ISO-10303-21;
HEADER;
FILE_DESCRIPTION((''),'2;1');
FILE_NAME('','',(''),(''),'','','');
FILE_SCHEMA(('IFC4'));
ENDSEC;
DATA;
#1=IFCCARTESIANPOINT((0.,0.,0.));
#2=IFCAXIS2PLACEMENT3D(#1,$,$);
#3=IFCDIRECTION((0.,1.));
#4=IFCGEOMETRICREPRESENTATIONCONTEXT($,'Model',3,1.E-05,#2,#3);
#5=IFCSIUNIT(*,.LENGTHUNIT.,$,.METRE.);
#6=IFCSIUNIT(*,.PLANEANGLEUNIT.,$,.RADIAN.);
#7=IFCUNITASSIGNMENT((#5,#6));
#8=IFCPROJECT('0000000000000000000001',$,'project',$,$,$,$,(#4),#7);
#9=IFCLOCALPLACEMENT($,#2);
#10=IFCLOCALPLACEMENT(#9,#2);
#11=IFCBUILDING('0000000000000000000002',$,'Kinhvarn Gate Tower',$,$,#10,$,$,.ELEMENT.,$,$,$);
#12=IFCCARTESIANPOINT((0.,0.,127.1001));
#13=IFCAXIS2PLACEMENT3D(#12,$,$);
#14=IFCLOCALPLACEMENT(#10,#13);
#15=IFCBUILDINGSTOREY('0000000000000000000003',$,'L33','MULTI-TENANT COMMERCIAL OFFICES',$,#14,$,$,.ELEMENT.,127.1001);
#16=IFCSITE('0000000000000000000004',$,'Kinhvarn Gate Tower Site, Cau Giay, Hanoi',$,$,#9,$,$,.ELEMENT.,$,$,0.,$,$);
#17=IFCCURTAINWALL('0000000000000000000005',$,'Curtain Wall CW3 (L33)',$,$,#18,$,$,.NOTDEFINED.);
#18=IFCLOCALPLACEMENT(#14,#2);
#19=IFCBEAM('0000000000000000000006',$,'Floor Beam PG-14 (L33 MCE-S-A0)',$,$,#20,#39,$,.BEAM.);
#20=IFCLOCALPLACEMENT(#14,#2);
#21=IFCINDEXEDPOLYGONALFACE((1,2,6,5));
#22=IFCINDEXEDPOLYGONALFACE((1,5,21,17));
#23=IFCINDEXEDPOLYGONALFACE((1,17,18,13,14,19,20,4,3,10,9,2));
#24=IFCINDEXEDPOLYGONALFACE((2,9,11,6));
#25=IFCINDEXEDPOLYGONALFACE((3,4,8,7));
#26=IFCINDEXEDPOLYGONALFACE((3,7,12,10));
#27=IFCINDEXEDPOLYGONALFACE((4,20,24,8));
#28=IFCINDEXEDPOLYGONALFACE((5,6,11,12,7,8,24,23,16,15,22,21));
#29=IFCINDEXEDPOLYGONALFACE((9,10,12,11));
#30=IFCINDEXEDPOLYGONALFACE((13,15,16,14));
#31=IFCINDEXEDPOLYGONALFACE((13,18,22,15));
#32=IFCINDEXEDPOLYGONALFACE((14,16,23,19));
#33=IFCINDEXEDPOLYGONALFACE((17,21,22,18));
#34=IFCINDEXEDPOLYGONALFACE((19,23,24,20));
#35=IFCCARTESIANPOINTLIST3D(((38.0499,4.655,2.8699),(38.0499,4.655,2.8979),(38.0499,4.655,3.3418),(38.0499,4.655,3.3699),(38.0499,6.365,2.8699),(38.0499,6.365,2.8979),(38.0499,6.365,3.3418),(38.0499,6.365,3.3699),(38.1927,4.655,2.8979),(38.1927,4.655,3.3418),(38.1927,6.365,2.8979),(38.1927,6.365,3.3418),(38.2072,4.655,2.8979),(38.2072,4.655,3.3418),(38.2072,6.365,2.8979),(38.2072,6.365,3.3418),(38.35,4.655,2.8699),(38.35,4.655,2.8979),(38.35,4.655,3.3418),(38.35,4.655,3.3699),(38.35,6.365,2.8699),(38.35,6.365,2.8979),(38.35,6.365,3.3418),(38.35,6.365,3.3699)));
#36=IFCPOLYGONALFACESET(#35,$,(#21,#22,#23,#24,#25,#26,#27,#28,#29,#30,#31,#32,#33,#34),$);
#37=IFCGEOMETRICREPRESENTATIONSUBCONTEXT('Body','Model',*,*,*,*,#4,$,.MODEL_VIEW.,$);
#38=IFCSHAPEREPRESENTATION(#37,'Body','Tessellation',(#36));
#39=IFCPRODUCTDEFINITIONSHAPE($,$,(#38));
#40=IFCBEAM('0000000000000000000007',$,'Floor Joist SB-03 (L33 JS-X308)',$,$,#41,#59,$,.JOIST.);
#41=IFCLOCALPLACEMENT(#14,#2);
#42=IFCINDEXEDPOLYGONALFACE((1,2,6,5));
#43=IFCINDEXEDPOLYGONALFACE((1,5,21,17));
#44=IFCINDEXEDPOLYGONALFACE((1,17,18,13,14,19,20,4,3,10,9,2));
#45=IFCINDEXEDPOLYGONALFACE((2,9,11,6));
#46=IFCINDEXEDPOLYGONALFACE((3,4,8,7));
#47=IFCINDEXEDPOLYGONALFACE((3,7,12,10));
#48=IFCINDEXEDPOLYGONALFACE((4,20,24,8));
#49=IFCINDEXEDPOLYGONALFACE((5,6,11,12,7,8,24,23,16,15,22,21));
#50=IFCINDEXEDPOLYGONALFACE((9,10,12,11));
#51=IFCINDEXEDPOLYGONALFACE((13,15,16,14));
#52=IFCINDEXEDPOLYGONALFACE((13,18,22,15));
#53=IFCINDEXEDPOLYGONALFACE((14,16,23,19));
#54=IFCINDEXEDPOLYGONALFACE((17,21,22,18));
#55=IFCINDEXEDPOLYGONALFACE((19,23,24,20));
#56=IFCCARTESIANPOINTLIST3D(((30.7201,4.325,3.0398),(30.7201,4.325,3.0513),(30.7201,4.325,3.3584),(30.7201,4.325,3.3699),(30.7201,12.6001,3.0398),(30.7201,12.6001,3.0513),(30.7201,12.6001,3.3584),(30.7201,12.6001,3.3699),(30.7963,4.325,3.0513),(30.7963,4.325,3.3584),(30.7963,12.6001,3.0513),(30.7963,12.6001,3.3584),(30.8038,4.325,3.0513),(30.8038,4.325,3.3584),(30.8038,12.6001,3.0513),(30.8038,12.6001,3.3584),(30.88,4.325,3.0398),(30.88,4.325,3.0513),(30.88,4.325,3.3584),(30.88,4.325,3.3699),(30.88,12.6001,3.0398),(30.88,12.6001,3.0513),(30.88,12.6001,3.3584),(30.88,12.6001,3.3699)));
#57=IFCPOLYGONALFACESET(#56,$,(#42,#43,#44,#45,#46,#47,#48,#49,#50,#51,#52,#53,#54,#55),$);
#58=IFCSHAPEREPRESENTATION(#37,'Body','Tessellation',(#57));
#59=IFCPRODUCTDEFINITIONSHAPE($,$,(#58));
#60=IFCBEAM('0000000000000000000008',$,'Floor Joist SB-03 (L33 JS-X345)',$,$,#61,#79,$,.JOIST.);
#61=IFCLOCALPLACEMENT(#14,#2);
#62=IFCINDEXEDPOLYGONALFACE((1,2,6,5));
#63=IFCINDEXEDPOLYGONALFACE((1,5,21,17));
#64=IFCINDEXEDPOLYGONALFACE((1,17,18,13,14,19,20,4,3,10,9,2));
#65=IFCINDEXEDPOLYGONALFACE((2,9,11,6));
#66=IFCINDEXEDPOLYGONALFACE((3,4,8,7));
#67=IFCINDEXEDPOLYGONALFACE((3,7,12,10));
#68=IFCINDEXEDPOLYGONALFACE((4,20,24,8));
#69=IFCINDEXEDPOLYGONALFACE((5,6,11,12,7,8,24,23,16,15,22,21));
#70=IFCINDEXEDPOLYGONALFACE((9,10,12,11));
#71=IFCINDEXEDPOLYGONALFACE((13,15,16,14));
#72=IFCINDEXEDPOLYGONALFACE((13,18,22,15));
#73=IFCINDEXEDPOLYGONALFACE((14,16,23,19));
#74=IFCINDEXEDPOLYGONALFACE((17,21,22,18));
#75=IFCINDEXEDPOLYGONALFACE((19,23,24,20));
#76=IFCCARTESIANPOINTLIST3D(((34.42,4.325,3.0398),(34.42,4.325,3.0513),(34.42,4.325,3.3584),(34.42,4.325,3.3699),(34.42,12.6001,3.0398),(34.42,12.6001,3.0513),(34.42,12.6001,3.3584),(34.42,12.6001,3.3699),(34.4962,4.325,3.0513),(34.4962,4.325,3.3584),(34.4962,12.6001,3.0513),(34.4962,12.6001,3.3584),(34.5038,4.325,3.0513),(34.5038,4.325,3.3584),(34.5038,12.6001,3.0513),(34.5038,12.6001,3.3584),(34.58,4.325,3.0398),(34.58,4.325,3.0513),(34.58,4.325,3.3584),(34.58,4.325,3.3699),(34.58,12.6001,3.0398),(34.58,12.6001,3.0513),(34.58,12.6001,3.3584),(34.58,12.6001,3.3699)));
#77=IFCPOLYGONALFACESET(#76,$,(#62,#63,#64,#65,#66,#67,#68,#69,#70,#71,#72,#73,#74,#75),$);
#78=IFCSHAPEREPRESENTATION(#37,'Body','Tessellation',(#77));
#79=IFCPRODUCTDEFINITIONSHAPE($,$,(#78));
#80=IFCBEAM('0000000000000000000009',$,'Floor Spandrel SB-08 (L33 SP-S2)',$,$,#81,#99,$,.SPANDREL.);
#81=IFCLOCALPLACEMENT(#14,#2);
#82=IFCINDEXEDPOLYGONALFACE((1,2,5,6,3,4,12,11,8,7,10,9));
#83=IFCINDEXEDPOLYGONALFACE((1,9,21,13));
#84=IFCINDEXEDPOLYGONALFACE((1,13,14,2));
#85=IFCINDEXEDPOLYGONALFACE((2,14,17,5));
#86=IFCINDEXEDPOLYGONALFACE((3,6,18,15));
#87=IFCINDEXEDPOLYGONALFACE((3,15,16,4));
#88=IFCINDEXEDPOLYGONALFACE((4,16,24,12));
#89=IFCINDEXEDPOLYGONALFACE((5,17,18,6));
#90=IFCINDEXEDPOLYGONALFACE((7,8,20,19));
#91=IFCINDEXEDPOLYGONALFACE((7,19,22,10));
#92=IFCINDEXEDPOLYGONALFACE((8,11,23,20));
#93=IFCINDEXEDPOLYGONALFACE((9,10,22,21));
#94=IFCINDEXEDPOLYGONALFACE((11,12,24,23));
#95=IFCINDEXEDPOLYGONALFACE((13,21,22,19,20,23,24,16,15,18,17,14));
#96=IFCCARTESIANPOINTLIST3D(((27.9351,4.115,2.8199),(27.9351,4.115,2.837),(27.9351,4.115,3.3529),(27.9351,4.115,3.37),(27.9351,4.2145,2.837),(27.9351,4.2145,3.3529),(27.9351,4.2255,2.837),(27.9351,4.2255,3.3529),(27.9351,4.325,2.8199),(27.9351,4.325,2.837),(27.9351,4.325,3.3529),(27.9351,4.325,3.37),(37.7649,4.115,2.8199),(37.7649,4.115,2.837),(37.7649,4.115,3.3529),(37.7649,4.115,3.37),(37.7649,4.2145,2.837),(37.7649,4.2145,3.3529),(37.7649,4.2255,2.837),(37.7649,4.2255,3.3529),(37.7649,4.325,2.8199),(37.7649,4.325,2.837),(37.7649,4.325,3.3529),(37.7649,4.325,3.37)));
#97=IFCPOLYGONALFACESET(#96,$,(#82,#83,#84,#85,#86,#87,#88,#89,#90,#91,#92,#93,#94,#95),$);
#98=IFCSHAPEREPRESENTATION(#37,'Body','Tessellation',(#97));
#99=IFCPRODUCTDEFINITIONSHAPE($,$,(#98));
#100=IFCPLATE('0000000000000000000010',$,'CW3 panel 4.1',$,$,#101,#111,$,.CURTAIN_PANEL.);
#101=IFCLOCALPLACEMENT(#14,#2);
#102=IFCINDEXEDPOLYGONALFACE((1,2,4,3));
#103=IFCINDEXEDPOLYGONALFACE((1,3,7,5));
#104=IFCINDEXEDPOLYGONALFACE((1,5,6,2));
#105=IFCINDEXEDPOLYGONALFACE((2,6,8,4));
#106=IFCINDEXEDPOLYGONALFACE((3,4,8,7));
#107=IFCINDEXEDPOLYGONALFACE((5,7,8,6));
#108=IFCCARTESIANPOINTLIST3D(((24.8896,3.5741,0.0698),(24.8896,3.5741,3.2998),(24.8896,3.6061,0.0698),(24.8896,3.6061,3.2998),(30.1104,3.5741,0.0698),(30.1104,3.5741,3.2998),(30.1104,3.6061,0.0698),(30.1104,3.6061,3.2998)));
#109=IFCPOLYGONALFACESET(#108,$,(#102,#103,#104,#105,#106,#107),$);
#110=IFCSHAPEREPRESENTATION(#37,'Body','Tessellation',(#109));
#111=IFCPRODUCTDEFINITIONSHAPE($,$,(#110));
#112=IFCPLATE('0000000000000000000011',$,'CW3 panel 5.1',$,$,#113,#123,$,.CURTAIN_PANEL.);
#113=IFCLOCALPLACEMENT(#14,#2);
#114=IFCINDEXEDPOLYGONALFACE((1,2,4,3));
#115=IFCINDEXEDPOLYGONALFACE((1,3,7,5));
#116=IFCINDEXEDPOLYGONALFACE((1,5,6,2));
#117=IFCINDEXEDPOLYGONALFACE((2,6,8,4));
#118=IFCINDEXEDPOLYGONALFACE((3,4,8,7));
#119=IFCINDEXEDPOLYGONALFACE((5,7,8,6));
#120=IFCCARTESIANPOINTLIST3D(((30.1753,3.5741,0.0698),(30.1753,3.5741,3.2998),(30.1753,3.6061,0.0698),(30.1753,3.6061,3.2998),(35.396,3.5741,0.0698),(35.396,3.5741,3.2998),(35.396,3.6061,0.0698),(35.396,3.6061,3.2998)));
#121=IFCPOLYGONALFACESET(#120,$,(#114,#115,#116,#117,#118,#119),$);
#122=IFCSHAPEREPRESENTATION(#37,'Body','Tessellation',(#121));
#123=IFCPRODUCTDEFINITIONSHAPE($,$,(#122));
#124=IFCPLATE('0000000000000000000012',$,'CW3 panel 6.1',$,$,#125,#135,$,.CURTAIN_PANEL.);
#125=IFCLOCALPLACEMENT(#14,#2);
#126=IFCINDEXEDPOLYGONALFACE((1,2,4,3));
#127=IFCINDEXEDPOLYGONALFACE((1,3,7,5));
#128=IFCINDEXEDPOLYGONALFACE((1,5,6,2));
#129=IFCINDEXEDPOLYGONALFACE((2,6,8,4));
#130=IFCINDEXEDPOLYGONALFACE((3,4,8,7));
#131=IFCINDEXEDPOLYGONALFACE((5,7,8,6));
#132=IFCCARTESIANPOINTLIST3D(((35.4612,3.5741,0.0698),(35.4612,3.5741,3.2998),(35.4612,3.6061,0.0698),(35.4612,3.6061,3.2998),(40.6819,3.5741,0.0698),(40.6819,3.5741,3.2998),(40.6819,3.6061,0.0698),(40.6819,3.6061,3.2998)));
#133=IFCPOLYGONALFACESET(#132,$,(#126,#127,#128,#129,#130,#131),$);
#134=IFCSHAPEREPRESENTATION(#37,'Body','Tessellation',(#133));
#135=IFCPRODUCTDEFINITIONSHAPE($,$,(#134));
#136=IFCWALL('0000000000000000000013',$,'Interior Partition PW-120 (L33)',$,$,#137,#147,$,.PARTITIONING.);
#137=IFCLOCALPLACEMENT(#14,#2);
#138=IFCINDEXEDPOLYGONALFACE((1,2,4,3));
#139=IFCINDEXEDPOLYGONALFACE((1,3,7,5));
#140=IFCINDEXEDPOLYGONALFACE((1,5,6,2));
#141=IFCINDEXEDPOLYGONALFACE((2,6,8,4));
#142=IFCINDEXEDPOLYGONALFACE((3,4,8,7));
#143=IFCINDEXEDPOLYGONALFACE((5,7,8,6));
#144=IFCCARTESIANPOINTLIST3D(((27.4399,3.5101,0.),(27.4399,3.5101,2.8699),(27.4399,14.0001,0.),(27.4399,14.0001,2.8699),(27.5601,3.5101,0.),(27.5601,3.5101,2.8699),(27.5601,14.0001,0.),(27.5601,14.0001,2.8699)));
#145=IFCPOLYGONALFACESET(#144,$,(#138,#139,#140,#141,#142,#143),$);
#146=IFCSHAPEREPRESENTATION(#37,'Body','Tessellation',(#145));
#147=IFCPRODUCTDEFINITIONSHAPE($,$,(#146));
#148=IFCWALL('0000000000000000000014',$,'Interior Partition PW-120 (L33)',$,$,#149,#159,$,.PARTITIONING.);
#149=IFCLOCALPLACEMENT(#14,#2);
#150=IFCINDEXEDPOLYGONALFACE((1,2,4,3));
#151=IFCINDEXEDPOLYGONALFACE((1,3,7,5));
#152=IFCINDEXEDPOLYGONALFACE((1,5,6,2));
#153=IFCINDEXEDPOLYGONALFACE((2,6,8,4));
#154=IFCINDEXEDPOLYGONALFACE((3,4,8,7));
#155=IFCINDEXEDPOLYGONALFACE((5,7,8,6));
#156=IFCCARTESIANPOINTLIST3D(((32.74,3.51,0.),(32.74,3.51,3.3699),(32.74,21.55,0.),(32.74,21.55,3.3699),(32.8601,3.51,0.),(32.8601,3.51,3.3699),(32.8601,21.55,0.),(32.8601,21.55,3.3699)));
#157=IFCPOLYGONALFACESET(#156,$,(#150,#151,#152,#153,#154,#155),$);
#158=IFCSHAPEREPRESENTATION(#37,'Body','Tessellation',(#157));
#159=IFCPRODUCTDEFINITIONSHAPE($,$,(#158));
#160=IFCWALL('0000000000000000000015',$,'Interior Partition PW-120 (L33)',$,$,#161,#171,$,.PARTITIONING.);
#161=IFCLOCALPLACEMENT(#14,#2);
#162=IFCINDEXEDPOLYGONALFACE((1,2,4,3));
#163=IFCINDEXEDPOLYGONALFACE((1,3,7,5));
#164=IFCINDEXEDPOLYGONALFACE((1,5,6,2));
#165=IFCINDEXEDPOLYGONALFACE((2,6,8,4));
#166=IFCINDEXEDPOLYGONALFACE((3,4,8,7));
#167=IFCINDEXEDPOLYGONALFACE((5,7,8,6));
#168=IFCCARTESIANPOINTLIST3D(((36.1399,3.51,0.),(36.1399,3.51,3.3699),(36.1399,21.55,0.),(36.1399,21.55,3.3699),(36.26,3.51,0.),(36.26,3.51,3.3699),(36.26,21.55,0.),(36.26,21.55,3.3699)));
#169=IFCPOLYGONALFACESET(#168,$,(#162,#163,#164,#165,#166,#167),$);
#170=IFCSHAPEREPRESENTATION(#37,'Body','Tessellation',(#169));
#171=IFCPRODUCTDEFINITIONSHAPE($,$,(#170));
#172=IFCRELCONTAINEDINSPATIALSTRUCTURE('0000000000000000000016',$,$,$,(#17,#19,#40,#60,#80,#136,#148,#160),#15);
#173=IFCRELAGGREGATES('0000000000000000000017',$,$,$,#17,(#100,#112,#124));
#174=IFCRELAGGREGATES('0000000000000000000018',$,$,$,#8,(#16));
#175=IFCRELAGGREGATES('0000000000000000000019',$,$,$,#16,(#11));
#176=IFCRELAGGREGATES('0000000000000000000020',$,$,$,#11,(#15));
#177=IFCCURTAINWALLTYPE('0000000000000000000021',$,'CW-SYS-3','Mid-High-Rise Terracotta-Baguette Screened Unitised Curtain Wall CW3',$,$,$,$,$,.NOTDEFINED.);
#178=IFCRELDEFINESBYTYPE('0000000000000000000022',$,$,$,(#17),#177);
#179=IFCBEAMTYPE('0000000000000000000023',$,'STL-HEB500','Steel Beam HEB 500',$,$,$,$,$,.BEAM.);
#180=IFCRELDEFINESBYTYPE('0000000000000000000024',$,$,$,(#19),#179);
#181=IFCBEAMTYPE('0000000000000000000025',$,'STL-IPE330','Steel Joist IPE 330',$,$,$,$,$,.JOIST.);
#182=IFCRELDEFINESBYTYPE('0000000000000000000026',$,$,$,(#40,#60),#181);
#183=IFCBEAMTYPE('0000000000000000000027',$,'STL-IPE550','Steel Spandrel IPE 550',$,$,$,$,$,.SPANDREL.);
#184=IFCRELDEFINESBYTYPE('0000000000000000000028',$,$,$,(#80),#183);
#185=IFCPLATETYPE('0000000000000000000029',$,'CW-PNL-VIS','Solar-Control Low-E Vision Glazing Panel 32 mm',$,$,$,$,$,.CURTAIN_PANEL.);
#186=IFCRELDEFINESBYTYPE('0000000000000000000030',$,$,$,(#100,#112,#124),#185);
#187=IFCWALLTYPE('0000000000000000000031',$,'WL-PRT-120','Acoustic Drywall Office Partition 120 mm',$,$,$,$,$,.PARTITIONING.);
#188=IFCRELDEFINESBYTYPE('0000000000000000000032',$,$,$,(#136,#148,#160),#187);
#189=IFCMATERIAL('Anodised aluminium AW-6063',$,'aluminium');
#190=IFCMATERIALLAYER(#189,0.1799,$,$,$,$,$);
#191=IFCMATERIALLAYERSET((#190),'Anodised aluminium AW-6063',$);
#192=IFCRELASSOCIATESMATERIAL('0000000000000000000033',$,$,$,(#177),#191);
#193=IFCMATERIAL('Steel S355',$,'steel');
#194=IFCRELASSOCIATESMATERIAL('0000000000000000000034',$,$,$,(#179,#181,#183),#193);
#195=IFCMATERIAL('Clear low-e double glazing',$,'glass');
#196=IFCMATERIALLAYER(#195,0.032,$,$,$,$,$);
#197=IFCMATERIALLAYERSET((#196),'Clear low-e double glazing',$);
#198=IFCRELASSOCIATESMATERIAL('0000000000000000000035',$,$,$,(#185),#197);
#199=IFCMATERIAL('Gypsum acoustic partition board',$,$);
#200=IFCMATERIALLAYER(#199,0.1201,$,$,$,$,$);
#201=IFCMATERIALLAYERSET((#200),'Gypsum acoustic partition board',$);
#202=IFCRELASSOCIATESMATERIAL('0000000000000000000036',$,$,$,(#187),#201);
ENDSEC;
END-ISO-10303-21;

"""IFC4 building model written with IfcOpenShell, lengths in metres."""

from ifc_helpers import new_model, si_unit, direction, frame, frame_2d, origin, origin_2d, place, context, subcontext, project, spatial, rectangle, i_section, extrude, material, layer, layer_set, material_profile, profile_set, type_object, element, aggregate, save


model = new_model("IFC4")

# Units and contexts
model_context = context("Model", 3, precision=1e-05, world=origin(), true_north=direction((0.0, 1.0)))
body_context = subcontext(model_context, "Body", "Model", "MODEL_VIEW")
ifc_project = project(units=[si_unit("LENGTHUNIT", "METRE"), si_unit("PLANEANGLEUNIT", "RADIAN")], contexts=[model_context])

# Site, building, storey
site_placement = place(None, origin())
site = spatial("IfcSite", under=ifc_project, at=site_placement, Name="Kinhvarn Gate Tower Site, Cau Giay, Hanoi", CompositionType="ELEMENT", RefElevation=0.0)
building_placement = place(site_placement, origin())
building = spatial("IfcBuilding", under=site, at=building_placement, Name="Kinhvarn Gate Tower", CompositionType="ELEMENT")
storey_placement = place(building_placement, frame((0.0, 0.0, 127.1001)))
storey = spatial("IfcBuildingStorey", under=building, at=storey_placement, Name="L33", Description="MULTI-TENANT COMMERCIAL OFFICES", CompositionType="ELEMENT", Elevation=127.1001)

# Curtain wall
ifc_material_1 = material(Name="Anodised aluminium AW-6063", Category="aluminium")
ifc_layer_1 = layer(ifc_material_1, 0.1799)
ifc_layer_set_1 = layer_set([ifc_layer_1], Name="Anodised aluminium AW-6063")
curtain_wall_type = type_object("IfcCurtainWallType", Name="CW-SYS-3", Description="Mid-High-Rise Terracotta-Baguette Screened Unitised Curtain Wall CW3", PredefinedType="NOTDEFINED", material=ifc_layer_set_1)
curtain_wall_placement = place(storey_placement, origin())
curtain_wall = element("IfcCurtainWall", 1, at=curtain_wall_placement, inside=storey, type_object=curtain_wall_type, Name="Curtain Wall CW3 (L33)", PredefinedType="NOTDEFINED")

# Beams
ifc_material_2 = material(Name="Steel S355", Category="steel")
ifc_material_profile_1 = material_profile(ifc_material_2, i_section(OverallWidth=0.3, OverallDepth=0.5, WebThickness=0.0144, FlangeThickness=0.0281, at=origin_2d()), Name="HEB 500")
ifc_profile_set_1 = profile_set([ifc_material_profile_1], Name="Steel S355")
beam_type_1 = type_object("IfcBeamType", Name="STL-HEB500", Description="Steel Beam HEB 500", PredefinedType="BEAM", material=ifc_profile_set_1)
beam_1_placement = place(storey_placement, frame((38.2, 4.655, 3.1199), z_axis=(0.0, 1.0, 0.0), x_axis=(-1.0, 0.0, 0.0)))
element("IfcBeam", 2, at=beam_1_placement, inside=storey, type_object=beam_type_1, Name="Floor Beam PG-14 (L33 MCE-S-A0)", PredefinedType="BEAM", context=body_context, shape_type="SweptSolid", body=[
    extrude(i_section(OverallWidth=0.3, OverallDepth=0.5, WebThickness=0.0144, FlangeThickness=0.0281, at=origin_2d()), origin(), (0.0, 0.0, 1.0), 1.71),
])
ifc_material_profile_2 = material_profile(ifc_material_2, i_section(OverallWidth=0.1599, OverallDepth=0.3301, WebThickness=0.0076, FlangeThickness=0.0115, at=origin_2d()), Name="IPE 330")
ifc_profile_set_2 = profile_set([ifc_material_profile_2], Name="Steel S355")
beam_type_2 = type_object("IfcBeamType", Name="STL-IPE330", Description="Steel Joist IPE 330", PredefinedType="JOIST", material=ifc_profile_set_2)
for number, where, z_axis, x_axis, name in (
    (3, (30.8, 4.325, 3.2048), (0.0, 1.0, 0.0), (-1.0, 0.0, 0.0), "Floor Joist SB-03 (L33 JS-X308)"),
    (4, (34.5, 4.325, 3.2048), (0.0, 1.0, 0.0), (-1.0, 0.0, 0.0), "Floor Joist SB-03 (L33 JS-X345)"),
):
    element("IfcBeam", number, at=place(storey_placement, frame(where, z_axis=z_axis, x_axis=x_axis)), inside=storey, type_object=beam_type_2, Name=name, PredefinedType="JOIST", context=body_context, shape_type="SweptSolid", body=[
        extrude(i_section(OverallWidth=0.1599, OverallDepth=0.3301, WebThickness=0.0076, FlangeThickness=0.0115, at=origin_2d()), origin(), (0.0, 0.0, 1.0), 8.2751),
    ])
ifc_material_profile_3 = material_profile(ifc_material_2, i_section(OverallWidth=0.21, OverallDepth=0.55, WebThickness=0.011, FlangeThickness=0.0171, at=origin_2d()), Name="IPE 550")
ifc_profile_set_3 = profile_set([ifc_material_profile_3], Name="Steel S355")
beam_type_3 = type_object("IfcBeamType", Name="STL-IPE550", Description="Steel Spandrel IPE 550", PredefinedType="SPANDREL", material=ifc_profile_set_3)
beam_2_placement = place(storey_placement, frame((27.9351, 4.22, 3.095), z_axis=(1.0, 0.0, 0.0), x_axis=(0.0, 1.0, 0.0)))
element("IfcBeam", 5, at=beam_2_placement, inside=storey, type_object=beam_type_3, Name="Floor Spandrel SB-08 (L33 SP-S2)", PredefinedType="SPANDREL", context=body_context, shape_type="SweptSolid", body=[
    extrude(i_section(OverallWidth=0.21, OverallDepth=0.55, WebThickness=0.011, FlangeThickness=0.0171, at=origin_2d()), origin(), (0.0, 0.0, 1.0), 9.8298),
])

# Plates
ifc_material_3 = material(Name="Clear low-e double glazing", Category="glass")
ifc_layer_2 = layer(ifc_material_3, 0.032)
ifc_layer_set_2 = layer_set([ifc_layer_2], Name="Clear low-e double glazing")
plate_type = type_object("IfcPlateType", Name="CW-PNL-VIS", Description="Solar-Control Low-E Vision Glazing Panel 32 mm", PredefinedType="CURTAIN_PANEL", material=ifc_layer_set_2)
plate_1_placement = place(storey_placement, frame((27.5, 3.5901, 0.0698), z_axis=(0.0, 0.0, 1.0), x_axis=(1.0, 0.0, 0.0)))
plate_1 = element("IfcPlate", 6, at=plate_1_placement, type_object=plate_type, Name="CW3 panel 4.1", PredefinedType="CURTAIN_PANEL", context=body_context, shape_type="SweptSolid", body=[
    extrude(rectangle(XDim=5.2207, YDim=0.032, at=origin_2d()), origin(), (0.0, 0.0, 1.0), 3.23),
])
plate_2_placement = place(storey_placement, frame((32.7856, 3.5901, 0.0698), z_axis=(0.0, 0.0, 1.0), x_axis=(1.0, 0.0, 0.0)))
plate_2 = element("IfcPlate", 7, at=plate_2_placement, type_object=plate_type, Name="CW3 panel 5.1", PredefinedType="CURTAIN_PANEL", context=body_context, shape_type="SweptSolid", body=[
    extrude(rectangle(XDim=5.2207, YDim=0.032, at=origin_2d()), origin(), (0.0, 0.0, 1.0), 3.23),
])
plate_3_placement = place(storey_placement, frame((38.0715, 3.5901, 0.0698), z_axis=(0.0, 0.0, 1.0), x_axis=(1.0, 0.0, 0.0)))
plate_3 = element("IfcPlate", 8, at=plate_3_placement, type_object=plate_type, Name="CW3 panel 6.1", PredefinedType="CURTAIN_PANEL", context=body_context, shape_type="SweptSolid", body=[
    extrude(rectangle(XDim=5.2207, YDim=0.032, at=origin_2d()), origin(), (0.0, 0.0, 1.0), 3.23),
])
aggregate(curtain_wall, [plate_1, plate_2, plate_3])

# Walls
ifc_material_4 = material(Name="Gypsum acoustic partition board")
ifc_layer_3 = layer(ifc_material_4, 0.1201)
ifc_layer_set_3 = layer_set([ifc_layer_3], Name="Gypsum acoustic partition board")
wall_type = type_object("IfcWallType", Name="WL-PRT-120", Description="Acoustic Drywall Office Partition 120 mm", PredefinedType="PARTITIONING", material=ifc_layer_set_3)
wall_placement = place(storey_placement, frame((27.5, 3.51, 0.0), z_axis=(0.0, 0.0, 1.0), x_axis=(0.0, 1.0, 0.0)))
element("IfcWall", 9, at=wall_placement, inside=storey, type_object=wall_type, Name="Interior Partition PW-120 (L33)", PredefinedType="PARTITIONING", context=body_context, shape_type="SweptSolid", body=[
    extrude(rectangle(XDim=10.49, YDim=0.1201, at=frame_2d((5.2451, 0.0))), origin(), (0.0, 0.0, 1.0), 2.8699),
])
for number, where, z_axis, x_axis, name in (
    (10, (32.8, 3.51, 0.0), (0.0, 0.0, 1.0), (0.0, 1.0, 0.0), "Interior Partition PW-120 (L33)"),
    (11, (36.2, 3.51, 0.0), (0.0, 0.0, 1.0), (0.0, 1.0, 0.0), "Interior Partition PW-120 (L33)"),
):
    element("IfcWall", number, at=place(storey_placement, frame(where, z_axis=z_axis, x_axis=x_axis)), inside=storey, type_object=wall_type, Name=name, PredefinedType="PARTITIONING", context=body_context, shape_type="SweptSolid", body=[
        extrude(rectangle(XDim=18.04, YDim=0.1201, at=frame_2d((9.02, 0.0))), origin(), (0.0, 0.0, 1.0), 3.3699),
    ])

save(model, "model.ifc")
